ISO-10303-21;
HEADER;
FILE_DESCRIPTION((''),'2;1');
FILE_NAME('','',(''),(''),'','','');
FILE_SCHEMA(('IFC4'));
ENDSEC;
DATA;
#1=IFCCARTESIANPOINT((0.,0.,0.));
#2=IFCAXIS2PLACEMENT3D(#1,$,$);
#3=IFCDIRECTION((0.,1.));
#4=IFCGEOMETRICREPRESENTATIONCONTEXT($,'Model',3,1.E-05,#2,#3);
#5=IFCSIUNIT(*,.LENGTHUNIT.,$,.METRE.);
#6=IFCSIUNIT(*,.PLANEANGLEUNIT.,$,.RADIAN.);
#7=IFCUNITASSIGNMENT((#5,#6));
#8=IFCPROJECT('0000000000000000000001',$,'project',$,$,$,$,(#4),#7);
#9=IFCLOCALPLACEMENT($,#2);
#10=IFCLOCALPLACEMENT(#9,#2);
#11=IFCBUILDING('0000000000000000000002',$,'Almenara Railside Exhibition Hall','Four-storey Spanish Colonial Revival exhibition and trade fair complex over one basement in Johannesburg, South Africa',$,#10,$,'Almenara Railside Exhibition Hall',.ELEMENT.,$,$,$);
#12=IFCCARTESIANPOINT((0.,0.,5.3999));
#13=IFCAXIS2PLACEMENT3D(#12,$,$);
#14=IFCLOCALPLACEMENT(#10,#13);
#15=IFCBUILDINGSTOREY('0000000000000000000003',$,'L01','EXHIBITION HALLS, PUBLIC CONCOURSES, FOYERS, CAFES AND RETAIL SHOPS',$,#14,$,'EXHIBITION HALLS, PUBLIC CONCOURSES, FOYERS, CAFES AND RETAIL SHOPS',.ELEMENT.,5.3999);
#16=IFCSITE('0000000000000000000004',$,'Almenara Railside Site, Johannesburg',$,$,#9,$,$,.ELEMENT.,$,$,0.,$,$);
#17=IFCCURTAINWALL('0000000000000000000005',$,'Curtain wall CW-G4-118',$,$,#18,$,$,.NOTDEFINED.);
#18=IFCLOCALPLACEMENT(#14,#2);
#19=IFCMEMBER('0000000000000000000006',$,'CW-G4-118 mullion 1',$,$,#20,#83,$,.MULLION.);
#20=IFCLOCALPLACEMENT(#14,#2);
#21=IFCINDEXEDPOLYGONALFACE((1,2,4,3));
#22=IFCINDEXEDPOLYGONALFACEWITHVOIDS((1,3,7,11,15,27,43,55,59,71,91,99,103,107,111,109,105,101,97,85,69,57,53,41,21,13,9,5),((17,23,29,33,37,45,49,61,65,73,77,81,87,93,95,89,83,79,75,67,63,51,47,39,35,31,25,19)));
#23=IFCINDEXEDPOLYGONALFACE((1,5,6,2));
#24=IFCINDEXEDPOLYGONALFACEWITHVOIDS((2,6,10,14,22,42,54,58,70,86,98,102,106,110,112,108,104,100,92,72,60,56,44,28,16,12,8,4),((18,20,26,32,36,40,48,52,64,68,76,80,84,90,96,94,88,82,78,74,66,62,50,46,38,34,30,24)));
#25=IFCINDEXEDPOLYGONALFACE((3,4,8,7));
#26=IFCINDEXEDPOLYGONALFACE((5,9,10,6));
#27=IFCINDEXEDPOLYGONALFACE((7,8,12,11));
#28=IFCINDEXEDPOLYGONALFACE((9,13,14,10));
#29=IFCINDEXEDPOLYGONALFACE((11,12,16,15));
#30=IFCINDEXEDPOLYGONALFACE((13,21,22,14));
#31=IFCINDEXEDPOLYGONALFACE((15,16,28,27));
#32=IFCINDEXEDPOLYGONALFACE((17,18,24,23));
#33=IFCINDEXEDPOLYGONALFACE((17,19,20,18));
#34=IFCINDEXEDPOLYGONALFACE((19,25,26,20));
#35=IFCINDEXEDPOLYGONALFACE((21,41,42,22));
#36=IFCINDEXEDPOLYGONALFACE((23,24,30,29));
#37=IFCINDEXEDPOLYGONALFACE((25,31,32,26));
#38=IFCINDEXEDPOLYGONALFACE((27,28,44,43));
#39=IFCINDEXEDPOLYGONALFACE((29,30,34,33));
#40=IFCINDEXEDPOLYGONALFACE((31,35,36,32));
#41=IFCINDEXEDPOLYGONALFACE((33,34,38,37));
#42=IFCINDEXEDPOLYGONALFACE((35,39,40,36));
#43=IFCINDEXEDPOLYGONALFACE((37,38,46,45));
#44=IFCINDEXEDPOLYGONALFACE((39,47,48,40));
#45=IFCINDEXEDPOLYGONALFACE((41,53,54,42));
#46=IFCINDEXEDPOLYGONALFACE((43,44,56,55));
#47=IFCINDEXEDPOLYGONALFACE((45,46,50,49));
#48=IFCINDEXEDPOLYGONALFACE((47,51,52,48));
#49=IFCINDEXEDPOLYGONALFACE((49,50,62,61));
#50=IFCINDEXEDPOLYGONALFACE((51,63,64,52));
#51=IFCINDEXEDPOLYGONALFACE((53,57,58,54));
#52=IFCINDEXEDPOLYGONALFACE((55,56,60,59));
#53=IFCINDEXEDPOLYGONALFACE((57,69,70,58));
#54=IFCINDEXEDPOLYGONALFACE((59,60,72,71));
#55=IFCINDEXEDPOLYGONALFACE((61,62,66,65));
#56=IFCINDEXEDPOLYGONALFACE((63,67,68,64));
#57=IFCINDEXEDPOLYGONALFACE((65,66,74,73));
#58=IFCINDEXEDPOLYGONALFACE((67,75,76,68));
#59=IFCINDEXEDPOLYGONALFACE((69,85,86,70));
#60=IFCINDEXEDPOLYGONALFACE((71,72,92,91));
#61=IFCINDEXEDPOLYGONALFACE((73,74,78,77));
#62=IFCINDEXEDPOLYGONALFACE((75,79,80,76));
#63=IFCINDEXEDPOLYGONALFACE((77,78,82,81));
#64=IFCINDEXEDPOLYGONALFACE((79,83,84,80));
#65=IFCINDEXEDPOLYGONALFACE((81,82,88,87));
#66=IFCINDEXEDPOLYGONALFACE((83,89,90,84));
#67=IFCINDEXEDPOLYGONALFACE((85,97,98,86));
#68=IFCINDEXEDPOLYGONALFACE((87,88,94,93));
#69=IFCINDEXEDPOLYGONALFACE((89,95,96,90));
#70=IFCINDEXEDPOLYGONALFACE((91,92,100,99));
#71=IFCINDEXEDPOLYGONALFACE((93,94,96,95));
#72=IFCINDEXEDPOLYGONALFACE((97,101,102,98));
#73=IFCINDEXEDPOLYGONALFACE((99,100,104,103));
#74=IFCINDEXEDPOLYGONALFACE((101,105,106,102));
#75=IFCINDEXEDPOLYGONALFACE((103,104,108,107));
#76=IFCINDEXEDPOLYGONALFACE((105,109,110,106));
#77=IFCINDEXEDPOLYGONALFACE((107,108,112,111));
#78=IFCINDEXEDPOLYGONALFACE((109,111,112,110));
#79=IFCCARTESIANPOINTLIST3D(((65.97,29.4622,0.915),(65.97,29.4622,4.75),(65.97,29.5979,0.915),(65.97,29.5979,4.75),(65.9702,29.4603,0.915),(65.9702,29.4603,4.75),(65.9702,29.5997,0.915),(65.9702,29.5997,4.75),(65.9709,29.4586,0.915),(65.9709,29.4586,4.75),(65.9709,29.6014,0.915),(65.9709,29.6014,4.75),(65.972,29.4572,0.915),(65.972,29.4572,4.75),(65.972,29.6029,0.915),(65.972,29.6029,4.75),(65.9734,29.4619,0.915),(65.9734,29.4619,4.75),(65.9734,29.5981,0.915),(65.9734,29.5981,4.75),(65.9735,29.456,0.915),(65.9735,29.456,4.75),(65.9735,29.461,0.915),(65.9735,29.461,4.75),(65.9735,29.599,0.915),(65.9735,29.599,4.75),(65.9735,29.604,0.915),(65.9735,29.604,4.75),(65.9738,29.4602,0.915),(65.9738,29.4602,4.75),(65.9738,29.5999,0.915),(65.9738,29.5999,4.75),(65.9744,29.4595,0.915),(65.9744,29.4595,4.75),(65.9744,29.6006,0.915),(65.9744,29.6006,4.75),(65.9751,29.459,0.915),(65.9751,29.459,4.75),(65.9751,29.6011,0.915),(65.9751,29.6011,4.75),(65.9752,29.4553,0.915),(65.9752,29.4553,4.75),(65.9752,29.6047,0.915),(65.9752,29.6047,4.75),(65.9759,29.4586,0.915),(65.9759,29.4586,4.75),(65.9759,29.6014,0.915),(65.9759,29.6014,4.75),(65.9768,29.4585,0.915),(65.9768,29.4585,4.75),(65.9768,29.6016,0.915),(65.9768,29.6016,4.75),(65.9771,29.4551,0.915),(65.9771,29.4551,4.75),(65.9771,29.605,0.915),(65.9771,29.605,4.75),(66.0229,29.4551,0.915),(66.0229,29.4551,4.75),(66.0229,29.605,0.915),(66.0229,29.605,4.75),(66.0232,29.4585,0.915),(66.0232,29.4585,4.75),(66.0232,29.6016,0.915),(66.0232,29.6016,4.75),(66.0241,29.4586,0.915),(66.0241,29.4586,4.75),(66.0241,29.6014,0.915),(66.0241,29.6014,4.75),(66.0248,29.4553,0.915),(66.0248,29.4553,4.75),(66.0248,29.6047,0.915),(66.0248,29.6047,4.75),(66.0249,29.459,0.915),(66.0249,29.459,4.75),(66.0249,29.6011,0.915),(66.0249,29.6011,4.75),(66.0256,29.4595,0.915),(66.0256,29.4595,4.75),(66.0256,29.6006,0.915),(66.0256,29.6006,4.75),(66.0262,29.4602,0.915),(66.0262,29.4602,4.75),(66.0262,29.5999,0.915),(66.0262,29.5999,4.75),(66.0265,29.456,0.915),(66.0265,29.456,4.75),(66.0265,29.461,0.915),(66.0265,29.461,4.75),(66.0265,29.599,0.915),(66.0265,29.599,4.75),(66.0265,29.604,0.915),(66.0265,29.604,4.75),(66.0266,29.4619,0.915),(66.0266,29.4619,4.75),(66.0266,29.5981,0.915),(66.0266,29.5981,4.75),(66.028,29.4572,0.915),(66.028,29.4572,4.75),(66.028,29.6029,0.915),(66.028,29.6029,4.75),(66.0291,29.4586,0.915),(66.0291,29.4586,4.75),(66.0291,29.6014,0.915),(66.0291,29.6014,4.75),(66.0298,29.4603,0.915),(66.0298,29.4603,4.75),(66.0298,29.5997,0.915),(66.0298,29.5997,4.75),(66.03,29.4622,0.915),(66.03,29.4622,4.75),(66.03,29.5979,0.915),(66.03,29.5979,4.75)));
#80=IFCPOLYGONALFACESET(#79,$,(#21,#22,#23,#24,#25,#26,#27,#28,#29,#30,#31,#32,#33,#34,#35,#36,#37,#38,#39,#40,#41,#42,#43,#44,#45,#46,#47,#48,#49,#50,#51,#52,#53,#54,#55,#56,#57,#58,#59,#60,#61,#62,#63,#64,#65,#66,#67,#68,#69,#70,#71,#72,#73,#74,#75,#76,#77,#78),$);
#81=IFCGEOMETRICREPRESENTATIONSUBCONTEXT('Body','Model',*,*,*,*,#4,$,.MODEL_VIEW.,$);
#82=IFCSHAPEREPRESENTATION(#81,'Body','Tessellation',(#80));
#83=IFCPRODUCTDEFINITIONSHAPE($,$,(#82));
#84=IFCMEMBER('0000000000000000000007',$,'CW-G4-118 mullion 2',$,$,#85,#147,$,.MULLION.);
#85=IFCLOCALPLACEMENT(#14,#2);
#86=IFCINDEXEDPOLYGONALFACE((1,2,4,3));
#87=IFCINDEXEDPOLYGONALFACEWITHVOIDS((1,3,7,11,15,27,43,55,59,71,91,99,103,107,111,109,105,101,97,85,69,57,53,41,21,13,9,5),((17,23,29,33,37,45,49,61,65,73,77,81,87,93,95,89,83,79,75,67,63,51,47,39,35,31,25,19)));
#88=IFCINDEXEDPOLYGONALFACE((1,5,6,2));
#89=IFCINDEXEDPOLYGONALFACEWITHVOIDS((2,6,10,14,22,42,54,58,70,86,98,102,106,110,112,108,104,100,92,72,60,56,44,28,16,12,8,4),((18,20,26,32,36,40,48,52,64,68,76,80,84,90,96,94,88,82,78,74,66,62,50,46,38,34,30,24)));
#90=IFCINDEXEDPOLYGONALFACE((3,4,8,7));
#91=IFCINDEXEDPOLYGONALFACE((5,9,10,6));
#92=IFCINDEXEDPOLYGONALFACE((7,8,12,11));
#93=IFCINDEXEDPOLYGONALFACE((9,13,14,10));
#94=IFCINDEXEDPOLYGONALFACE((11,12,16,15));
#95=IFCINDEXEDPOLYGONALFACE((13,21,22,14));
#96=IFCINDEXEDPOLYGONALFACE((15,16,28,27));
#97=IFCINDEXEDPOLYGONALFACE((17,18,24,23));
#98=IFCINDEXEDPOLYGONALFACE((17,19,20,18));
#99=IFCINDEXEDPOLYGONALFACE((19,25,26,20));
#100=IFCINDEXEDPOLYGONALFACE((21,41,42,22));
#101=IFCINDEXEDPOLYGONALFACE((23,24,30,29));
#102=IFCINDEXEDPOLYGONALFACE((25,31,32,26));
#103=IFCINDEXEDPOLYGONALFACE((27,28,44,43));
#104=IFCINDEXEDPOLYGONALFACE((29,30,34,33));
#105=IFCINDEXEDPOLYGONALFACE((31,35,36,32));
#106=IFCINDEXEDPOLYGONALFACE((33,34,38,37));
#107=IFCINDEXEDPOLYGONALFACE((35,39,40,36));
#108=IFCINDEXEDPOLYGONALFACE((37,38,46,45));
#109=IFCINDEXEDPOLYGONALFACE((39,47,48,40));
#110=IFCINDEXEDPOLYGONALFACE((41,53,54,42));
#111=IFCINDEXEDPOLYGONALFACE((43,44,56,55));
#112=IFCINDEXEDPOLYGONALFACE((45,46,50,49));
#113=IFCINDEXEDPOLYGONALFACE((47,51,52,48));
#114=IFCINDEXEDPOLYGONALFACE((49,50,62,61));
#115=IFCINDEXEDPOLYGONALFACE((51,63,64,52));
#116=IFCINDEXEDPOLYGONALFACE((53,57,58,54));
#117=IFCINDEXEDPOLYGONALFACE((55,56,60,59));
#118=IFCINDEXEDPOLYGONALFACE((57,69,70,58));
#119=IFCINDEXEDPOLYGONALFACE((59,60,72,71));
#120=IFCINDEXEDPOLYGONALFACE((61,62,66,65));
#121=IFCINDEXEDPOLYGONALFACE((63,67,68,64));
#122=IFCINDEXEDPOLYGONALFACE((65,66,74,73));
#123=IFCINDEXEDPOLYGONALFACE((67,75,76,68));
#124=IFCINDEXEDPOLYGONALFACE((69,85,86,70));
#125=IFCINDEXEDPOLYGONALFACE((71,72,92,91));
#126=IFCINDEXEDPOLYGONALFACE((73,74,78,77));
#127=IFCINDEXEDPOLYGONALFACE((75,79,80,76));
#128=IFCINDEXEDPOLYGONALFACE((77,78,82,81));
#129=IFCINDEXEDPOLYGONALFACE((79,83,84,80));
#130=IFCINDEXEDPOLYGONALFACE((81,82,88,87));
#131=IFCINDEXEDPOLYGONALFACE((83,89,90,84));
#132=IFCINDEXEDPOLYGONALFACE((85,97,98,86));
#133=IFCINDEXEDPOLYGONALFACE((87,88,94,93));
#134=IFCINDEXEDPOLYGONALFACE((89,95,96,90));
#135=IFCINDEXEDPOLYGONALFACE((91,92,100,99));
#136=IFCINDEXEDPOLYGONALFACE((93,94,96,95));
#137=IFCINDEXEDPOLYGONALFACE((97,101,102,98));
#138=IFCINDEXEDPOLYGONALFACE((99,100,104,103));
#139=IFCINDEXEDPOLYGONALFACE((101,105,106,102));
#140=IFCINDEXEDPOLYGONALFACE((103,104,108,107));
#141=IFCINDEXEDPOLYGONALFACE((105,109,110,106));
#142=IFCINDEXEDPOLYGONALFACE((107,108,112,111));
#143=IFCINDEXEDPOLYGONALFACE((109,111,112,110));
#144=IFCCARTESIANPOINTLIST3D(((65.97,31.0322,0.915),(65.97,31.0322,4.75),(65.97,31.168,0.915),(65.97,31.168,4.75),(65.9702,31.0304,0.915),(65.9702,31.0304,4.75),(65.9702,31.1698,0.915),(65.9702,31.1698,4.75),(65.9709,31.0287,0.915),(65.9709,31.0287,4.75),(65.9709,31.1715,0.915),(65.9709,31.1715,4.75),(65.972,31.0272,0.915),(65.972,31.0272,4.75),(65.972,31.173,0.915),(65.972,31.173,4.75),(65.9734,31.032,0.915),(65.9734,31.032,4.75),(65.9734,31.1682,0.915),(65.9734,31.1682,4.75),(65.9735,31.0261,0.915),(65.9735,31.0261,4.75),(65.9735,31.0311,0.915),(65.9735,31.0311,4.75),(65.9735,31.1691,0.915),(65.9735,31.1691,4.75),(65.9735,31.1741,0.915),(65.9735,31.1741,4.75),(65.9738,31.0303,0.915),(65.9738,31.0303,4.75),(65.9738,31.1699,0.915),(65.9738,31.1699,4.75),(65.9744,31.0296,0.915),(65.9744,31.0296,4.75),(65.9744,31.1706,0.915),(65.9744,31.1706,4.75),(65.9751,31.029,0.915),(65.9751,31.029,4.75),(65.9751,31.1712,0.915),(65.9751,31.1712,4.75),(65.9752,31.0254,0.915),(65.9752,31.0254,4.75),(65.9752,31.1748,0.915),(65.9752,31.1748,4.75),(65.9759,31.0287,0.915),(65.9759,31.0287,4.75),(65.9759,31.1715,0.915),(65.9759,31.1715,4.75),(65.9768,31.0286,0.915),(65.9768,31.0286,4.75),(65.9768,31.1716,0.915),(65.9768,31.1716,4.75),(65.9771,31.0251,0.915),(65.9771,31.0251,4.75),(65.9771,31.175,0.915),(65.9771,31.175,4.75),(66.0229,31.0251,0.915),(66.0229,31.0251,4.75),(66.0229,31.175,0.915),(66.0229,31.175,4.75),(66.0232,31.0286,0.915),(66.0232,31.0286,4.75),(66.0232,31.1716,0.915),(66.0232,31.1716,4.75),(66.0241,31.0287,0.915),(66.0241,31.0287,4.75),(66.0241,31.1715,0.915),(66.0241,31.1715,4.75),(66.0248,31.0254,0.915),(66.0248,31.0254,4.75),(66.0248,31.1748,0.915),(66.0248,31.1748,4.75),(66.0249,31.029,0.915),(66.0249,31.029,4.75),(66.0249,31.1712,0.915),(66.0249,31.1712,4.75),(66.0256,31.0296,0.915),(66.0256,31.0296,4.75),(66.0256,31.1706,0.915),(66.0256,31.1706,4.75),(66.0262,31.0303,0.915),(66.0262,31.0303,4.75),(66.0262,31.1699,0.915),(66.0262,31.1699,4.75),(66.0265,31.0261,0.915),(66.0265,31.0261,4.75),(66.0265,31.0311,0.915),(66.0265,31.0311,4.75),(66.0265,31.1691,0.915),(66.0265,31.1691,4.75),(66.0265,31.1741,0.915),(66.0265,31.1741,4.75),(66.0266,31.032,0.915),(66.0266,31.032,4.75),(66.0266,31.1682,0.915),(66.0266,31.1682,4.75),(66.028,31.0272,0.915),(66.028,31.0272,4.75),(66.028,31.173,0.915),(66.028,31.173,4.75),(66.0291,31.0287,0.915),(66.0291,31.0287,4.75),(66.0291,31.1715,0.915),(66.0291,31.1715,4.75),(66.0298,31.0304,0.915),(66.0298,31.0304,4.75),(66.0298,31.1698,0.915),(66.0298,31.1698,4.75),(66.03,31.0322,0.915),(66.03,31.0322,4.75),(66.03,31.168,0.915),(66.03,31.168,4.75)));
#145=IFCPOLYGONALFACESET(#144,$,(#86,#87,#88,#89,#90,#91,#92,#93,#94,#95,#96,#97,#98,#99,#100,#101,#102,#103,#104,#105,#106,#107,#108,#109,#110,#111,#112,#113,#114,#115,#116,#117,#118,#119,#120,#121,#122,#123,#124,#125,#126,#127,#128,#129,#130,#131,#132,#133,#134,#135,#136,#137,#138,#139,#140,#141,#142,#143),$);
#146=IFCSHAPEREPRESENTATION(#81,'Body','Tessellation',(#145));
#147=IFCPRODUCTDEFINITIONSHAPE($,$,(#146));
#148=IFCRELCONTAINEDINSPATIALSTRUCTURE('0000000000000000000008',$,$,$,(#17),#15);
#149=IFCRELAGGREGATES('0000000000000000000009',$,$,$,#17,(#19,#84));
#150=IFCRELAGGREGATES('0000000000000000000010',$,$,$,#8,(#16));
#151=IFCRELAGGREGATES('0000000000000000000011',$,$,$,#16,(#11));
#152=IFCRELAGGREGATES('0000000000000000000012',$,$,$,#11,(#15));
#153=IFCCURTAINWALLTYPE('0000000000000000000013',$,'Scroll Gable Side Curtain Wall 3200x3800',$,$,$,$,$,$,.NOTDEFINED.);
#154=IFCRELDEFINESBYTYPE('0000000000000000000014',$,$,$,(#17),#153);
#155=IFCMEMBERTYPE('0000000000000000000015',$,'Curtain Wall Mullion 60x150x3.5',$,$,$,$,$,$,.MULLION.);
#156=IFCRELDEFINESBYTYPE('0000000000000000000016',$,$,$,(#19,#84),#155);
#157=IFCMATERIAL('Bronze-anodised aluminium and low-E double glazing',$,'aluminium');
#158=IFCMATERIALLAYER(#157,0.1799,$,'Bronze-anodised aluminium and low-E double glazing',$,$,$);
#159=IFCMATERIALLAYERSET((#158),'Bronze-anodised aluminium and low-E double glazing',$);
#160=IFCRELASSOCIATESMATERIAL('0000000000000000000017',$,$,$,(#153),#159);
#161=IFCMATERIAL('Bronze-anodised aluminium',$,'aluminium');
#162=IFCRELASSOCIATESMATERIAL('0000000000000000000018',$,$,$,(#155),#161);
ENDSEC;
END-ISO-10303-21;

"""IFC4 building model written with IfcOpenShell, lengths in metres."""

from ifc_helpers import new_model, si_unit, direction, frame, origin, origin_2d, place, context, subcontext, project, spatial, hollow_rectangle, extrude, material, layer, layer_set, material_profile, profile_set, type_object, element, aggregate, save


model = new_model("IFC4")

# Units and contexts
model_context = context("Model", 3, precision=1e-05, world=origin(), true_north=direction((0.0, 1.0)))
body_context = subcontext(model_context, "Body", "Model", "MODEL_VIEW")
ifc_project = project(units=[si_unit("LENGTHUNIT", "METRE"), si_unit("PLANEANGLEUNIT", "RADIAN")], contexts=[model_context])

# Site, building, storey
site_placement = place(None, origin())
site = spatial("IfcSite", under=ifc_project, at=site_placement, Name="Almenara Railside Site, Johannesburg", CompositionType="ELEMENT", RefElevation=0.0)
building_placement = place(site_placement, origin())
building = spatial("IfcBuilding", under=site, at=building_placement, Name="Almenara Railside Exhibition Hall", Description="Four-storey Spanish Colonial Revival exhibition and trade fair complex over one basement in Johannesburg, South Africa", LongName="Almenara Railside Exhibition Hall", CompositionType="ELEMENT")
storey_placement = place(building_placement, frame((0.0, 0.0, 5.3999)))
storey = spatial("IfcBuildingStorey", under=building, at=storey_placement, Name="L01", Description="EXHIBITION HALLS, PUBLIC CONCOURSES, FOYERS, CAFES AND RETAIL SHOPS", LongName="EXHIBITION HALLS, PUBLIC CONCOURSES, FOYERS, CAFES AND RETAIL SHOPS", CompositionType="ELEMENT", Elevation=5.3999)

# Curtain wall, members
ifc_material_1 = material(Name="Bronze-anodised aluminium and low-E double glazing", Category="aluminium")
ifc_layer_1 = layer(ifc_material_1, 0.1799, Name="Bronze-anodised aluminium and low-E double glazing")
ifc_layer_set_1 = layer_set([ifc_layer_1], Name="Bronze-anodised aluminium and low-E double glazing")
curtain_wall_type = type_object("IfcCurtainWallType", Name="Scroll Gable Side Curtain Wall 3200x3800", PredefinedType="NOTDEFINED", material=ifc_layer_set_1)
curtain_wall_1_placement = place(storey_placement, origin())
curtain_wall_1 = element("IfcCurtainWall", 1, at=curtain_wall_1_placement, inside=storey, type_object=curtain_wall_type, Name="Curtain wall CW-G4-118", PredefinedType="NOTDEFINED")
ifc_material_2 = material(Name="Bronze-anodised aluminium", Category="aluminium")
ifc_material_profile_1 = material_profile(ifc_material_2, hollow_rectangle(XDim=0.0601, YDim=0.1499, WallThickness=0.0034, InnerFilletRadius=0.0034, OuterFilletRadius=0.0071, at=origin_2d()), Name="ALU-MUL 60x150x3.5")
ifc_profile_set_1 = profile_set([ifc_material_profile_1], Name="Bronze-anodised aluminium")
member_type_1 = type_object("IfcMemberType", Name="Curtain Wall Mullion 60x150x3.5", PredefinedType="MULLION", material=ifc_profile_set_1)
member_1_placement = place(storey_placement, frame((66.0, 29.53, 0.915), z_axis=(0.0, 0.0, 1.0), x_axis=(-1.0, 0.0, 0.0)))
member_1 = element("IfcMember", 2, at=member_1_placement, type_object=member_type_1, Name="CW-G4-118 mullion 1", PredefinedType="MULLION", context=body_context, shape_type="SweptSolid", body=[
    extrude(hollow_rectangle(XDim=0.0601, YDim=0.1499, WallThickness=0.0034, InnerFilletRadius=0.0034, OuterFilletRadius=0.0071, at=origin_2d()), origin(), (0.0, 0.0, 1.0), 3.835),
])
member_2_placement = place(storey_placement, frame((66.0, 31.1001, 0.915), z_axis=(0.0, 0.0, 1.0), x_axis=(-1.0, 0.0, 0.0)))
member_2 = element("IfcMember", 3, at=member_2_placement, type_object=member_type_1, Name="CW-G4-118 mullion 2", PredefinedType="MULLION", context=body_context, shape_type="SweptSolid", body=[
    extrude(hollow_rectangle(XDim=0.0601, YDim=0.1499, WallThickness=0.0034, InnerFilletRadius=0.0034, OuterFilletRadius=0.0071, at=origin_2d()), origin(), (0.0, 0.0, 1.0), 3.835),
])

aggregate(curtain_wall_1, [member_1, member_2])

save(model, "model.ifc")
